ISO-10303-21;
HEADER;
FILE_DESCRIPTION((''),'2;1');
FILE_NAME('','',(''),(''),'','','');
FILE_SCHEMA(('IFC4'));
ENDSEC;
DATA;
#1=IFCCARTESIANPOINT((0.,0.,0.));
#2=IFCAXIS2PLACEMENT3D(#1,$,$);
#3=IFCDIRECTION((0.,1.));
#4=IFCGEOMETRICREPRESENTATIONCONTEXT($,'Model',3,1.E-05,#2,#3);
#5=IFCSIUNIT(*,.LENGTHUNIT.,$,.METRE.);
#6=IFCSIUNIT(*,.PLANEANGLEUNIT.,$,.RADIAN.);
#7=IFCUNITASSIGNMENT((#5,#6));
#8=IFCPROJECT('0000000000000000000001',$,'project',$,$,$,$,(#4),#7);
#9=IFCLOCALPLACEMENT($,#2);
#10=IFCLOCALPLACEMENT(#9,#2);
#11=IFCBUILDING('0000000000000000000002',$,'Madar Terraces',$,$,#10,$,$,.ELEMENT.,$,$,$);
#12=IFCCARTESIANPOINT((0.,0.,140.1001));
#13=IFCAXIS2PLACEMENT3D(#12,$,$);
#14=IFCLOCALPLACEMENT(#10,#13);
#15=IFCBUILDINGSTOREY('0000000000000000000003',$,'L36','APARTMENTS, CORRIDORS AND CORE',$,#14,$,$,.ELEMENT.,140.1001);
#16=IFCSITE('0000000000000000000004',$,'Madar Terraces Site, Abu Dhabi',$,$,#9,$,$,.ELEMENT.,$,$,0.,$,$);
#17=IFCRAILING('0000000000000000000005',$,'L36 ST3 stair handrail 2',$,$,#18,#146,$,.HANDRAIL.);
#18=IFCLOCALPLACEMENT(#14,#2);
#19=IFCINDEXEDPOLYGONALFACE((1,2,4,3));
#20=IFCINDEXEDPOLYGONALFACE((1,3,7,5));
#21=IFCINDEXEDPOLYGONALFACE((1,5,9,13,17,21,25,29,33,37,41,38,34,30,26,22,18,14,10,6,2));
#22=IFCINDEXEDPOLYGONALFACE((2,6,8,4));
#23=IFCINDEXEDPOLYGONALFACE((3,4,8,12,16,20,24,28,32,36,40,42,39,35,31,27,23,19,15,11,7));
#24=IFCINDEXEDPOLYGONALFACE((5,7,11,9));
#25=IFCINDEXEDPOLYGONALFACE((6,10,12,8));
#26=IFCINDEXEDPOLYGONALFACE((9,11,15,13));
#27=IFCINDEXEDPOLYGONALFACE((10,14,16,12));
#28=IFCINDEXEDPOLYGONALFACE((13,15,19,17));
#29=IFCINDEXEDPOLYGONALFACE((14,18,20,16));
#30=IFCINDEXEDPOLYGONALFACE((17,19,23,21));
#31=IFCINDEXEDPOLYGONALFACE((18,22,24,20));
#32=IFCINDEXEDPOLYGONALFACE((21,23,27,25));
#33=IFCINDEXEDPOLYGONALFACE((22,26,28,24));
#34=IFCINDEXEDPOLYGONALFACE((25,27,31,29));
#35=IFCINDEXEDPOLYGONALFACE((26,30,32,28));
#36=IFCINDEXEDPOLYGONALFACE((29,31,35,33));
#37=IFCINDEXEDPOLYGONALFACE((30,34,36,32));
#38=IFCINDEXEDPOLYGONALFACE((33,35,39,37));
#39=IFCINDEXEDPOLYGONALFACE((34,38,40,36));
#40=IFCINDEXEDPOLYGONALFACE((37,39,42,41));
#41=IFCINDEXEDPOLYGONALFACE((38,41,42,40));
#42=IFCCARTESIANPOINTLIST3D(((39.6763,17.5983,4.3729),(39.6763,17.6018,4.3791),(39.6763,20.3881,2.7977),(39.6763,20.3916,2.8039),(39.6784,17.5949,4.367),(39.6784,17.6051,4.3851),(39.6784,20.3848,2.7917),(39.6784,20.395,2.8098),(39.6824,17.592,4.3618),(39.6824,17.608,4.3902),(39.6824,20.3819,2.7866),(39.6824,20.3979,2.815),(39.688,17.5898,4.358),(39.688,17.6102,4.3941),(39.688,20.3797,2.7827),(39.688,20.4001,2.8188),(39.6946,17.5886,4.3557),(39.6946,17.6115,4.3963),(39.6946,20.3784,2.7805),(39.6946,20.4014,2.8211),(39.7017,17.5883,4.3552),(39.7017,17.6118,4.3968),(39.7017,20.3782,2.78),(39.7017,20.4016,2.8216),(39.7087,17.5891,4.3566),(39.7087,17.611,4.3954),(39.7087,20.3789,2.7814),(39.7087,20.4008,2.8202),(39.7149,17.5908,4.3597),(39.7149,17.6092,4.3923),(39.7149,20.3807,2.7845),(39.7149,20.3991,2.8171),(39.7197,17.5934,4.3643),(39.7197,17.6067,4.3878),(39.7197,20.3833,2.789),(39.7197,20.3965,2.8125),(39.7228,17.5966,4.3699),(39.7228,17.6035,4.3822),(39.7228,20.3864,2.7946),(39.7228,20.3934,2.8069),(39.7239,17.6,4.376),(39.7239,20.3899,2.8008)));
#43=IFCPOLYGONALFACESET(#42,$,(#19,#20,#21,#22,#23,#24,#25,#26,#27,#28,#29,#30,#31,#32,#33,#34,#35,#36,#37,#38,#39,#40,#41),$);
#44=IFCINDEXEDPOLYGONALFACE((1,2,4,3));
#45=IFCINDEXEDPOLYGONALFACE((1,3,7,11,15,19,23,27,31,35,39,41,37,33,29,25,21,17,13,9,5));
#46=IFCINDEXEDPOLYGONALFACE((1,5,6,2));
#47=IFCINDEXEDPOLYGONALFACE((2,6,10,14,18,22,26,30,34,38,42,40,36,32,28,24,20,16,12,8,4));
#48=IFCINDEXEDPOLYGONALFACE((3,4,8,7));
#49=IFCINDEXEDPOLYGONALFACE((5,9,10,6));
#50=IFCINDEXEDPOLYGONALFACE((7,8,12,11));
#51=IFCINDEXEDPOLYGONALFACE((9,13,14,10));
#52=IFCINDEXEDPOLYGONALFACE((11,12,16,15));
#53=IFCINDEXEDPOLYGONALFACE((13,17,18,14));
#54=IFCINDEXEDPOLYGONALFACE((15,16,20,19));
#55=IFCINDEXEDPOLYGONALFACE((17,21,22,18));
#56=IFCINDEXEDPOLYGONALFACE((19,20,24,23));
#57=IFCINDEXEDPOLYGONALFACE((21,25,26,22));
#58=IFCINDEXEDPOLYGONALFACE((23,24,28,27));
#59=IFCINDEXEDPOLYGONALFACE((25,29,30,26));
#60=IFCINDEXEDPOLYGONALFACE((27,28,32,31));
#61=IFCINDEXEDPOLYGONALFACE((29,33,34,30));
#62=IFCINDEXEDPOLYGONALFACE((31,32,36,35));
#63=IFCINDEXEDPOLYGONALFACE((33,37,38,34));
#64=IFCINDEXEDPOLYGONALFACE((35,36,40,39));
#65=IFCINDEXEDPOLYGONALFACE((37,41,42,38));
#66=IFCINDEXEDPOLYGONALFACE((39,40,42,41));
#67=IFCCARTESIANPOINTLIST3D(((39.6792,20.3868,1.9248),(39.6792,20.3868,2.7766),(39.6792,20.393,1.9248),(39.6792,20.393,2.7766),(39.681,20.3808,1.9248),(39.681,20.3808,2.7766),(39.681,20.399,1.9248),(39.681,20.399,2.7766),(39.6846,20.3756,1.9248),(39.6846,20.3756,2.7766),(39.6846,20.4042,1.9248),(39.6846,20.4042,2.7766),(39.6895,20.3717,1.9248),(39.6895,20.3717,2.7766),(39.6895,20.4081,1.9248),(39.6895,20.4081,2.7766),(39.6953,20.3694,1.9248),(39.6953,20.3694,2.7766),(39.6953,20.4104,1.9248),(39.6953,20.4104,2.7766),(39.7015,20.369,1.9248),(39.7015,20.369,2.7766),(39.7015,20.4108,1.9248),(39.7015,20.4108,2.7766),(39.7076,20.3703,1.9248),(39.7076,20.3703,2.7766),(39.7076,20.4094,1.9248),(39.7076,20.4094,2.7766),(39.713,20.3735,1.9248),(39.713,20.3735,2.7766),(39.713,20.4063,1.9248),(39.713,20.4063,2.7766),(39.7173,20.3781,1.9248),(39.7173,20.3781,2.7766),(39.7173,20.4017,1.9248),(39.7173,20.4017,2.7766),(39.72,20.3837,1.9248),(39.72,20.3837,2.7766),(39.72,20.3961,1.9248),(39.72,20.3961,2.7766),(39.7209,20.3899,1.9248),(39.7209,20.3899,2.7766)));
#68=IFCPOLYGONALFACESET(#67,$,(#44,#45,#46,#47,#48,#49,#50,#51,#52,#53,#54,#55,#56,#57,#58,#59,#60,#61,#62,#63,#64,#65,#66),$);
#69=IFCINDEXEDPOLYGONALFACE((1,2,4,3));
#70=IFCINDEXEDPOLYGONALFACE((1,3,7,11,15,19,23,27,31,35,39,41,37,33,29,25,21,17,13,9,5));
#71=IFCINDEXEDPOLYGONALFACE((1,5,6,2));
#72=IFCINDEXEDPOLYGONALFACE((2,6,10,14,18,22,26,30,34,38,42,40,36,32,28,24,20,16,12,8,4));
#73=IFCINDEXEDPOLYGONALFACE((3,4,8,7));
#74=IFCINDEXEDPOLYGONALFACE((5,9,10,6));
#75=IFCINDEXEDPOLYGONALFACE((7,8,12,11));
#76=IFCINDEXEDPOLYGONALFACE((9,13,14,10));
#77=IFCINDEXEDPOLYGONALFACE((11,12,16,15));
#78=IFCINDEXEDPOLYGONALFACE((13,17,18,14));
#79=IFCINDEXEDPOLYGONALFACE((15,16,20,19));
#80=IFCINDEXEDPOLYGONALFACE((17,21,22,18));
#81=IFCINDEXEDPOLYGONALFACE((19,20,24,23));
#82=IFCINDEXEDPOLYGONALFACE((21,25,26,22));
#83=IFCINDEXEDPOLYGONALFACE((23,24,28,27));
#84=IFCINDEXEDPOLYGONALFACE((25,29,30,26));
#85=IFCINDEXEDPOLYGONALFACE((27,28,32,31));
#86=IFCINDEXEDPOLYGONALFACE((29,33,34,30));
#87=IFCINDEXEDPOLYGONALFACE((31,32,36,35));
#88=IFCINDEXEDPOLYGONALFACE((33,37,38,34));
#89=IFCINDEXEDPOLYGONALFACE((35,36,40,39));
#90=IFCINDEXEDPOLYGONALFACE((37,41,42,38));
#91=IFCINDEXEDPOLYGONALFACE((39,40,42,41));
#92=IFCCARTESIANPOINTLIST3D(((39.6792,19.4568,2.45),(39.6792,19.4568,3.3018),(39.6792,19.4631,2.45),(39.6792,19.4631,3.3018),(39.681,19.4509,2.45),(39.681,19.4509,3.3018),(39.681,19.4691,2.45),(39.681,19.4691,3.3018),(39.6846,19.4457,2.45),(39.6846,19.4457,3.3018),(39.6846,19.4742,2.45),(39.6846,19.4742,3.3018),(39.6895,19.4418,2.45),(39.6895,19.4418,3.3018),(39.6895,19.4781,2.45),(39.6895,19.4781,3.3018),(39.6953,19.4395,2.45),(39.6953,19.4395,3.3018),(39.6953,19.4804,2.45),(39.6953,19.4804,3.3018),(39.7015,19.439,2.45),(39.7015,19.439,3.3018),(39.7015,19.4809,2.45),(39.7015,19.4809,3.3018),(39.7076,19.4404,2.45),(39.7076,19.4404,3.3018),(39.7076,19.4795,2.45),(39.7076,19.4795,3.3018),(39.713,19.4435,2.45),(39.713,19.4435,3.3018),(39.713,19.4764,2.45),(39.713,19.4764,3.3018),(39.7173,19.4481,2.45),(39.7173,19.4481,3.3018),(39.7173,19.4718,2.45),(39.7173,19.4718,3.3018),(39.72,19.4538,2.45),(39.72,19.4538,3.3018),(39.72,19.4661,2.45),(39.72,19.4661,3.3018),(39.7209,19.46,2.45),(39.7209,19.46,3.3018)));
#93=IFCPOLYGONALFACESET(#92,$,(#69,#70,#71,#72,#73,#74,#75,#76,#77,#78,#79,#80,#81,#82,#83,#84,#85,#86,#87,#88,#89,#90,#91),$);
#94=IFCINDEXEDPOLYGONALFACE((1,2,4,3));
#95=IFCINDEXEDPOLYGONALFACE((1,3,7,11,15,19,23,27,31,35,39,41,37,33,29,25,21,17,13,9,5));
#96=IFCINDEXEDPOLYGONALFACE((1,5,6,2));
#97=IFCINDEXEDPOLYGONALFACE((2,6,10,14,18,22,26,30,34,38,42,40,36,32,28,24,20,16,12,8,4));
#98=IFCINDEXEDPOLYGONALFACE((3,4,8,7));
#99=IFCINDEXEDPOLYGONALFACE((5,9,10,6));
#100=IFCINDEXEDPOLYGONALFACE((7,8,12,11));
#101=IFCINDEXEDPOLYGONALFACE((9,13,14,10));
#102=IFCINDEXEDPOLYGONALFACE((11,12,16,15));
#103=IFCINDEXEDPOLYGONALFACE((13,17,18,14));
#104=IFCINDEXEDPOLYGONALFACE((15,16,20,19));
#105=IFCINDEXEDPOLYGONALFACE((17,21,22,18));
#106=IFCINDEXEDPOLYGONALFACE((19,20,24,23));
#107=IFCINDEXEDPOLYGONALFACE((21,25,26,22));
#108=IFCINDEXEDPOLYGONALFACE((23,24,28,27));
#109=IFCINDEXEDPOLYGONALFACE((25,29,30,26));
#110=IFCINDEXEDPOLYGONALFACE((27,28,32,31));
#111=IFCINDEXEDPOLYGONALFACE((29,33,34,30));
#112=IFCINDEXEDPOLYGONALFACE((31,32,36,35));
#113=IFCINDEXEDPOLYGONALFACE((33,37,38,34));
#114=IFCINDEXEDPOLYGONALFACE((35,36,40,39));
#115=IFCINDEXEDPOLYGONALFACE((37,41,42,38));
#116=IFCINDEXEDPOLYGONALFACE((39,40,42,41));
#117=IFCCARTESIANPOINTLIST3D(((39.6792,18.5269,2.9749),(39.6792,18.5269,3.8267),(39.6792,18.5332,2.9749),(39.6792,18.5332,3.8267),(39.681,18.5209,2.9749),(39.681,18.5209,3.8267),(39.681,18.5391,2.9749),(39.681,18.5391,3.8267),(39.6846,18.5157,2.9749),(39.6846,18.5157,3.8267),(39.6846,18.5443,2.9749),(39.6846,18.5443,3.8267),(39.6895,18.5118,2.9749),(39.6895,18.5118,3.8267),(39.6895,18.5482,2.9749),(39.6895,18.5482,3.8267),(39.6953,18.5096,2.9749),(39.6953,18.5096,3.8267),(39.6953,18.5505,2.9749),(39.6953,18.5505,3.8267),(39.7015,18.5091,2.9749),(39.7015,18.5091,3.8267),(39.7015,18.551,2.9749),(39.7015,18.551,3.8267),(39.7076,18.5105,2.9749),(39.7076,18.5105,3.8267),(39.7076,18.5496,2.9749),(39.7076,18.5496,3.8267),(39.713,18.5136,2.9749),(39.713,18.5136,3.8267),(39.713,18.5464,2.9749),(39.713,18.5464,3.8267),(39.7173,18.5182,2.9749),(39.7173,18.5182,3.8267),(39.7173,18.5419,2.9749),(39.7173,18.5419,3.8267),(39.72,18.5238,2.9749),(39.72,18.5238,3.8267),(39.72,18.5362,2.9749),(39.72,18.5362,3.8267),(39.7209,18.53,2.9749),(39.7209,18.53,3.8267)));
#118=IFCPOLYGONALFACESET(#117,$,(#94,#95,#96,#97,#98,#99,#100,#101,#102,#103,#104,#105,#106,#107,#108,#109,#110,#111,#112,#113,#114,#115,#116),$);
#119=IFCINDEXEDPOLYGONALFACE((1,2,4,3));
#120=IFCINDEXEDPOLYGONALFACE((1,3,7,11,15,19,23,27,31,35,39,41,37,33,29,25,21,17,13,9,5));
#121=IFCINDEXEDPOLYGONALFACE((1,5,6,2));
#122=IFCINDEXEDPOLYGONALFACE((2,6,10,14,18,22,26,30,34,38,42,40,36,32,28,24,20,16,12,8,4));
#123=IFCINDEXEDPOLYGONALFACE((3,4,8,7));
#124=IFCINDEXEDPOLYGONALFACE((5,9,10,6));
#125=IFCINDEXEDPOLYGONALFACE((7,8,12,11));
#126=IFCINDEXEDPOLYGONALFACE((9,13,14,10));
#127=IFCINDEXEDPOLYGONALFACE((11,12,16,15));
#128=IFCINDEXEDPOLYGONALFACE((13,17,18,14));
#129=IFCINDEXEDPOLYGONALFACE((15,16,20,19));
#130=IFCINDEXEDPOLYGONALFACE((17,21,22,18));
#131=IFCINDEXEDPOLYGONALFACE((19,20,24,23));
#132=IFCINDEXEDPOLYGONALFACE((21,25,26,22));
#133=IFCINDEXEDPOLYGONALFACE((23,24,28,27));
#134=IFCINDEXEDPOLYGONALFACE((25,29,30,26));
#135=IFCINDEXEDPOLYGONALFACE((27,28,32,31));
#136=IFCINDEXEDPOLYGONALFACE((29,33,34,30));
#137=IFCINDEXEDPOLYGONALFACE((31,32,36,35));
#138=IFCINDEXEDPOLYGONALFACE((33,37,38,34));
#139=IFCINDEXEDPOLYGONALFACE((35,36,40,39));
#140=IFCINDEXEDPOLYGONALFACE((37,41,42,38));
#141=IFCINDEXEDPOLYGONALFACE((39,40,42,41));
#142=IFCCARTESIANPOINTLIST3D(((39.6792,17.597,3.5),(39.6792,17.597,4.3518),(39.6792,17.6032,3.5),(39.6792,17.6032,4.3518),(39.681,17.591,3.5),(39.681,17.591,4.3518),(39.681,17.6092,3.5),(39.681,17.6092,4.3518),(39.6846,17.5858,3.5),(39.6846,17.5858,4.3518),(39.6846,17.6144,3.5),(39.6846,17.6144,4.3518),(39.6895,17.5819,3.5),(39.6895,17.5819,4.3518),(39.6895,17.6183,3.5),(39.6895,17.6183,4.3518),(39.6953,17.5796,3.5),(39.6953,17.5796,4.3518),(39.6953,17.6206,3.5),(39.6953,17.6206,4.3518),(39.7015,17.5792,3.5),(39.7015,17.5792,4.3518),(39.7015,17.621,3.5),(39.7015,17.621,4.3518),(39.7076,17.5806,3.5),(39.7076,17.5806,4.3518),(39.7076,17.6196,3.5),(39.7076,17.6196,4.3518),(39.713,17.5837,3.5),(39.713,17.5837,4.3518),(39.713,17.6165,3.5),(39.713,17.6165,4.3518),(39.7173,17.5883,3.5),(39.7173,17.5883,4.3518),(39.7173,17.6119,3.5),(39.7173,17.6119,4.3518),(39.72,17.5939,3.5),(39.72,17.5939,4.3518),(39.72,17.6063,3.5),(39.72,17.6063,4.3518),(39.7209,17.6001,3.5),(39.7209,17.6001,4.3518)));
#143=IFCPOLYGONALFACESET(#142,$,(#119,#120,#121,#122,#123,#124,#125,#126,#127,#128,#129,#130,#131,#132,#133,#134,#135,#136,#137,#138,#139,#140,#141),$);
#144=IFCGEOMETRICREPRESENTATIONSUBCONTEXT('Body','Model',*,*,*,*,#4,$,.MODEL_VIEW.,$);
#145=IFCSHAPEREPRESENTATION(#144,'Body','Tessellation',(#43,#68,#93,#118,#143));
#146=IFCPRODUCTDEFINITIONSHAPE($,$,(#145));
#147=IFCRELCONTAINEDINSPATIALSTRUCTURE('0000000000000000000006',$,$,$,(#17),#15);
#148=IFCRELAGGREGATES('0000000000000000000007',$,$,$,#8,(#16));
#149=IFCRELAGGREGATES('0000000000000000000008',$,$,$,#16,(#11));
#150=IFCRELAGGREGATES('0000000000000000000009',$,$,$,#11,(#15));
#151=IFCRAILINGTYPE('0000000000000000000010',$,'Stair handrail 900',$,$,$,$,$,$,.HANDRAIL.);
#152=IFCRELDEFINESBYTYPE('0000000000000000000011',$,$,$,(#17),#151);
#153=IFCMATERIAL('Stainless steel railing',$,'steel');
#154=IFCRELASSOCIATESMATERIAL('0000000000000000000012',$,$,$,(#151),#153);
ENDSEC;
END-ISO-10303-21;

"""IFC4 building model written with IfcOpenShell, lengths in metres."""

from ifc_helpers import new_model, si_unit, direction, frame, origin, origin_2d, place, context, subcontext, project, spatial, circle, extrude, material, type_object, element, save


model = new_model("IFC4")

# Units and contexts
model_context = context("Model", 3, precision=1e-05, world=origin(), true_north=direction((0.0, 1.0)))
body_context = subcontext(model_context, "Body", "Model", "MODEL_VIEW")
ifc_project = project(units=[si_unit("LENGTHUNIT", "METRE"), si_unit("PLANEANGLEUNIT", "RADIAN")], contexts=[model_context])

# Site, building, storey
site_placement = place(None, origin())
site = spatial("IfcSite", under=ifc_project, at=site_placement, Name="Madar Terraces Site, Abu Dhabi", CompositionType="ELEMENT", RefElevation=0.0)
building_placement = place(site_placement, origin())
building = spatial("IfcBuilding", under=site, at=building_placement, Name="Madar Terraces", CompositionType="ELEMENT")
storey_placement = place(building_placement, frame((0.0, 0.0, 140.1001)))
storey = spatial("IfcBuildingStorey", under=building, at=storey_placement, Name="L36", Description="APARTMENTS, CORRIDORS AND CORE", CompositionType="ELEMENT", Elevation=140.1001)

# Railing
ifc_material_1 = material(Name="Stainless steel railing", Category="steel")
railing_type_1 = type_object("IfcRailingType", Name="Stair handrail 900", PredefinedType="HANDRAIL", material=ifc_material_1)
railing_1_placement = place(storey_placement, frame((39.7, 20.3899, 1.9248)))
element("IfcRailing", 1, at=railing_1_placement, inside=storey, type_object=railing_type_1, Name="L36 ST3 stair handrail 2", PredefinedType="HANDRAIL", context=body_context, shape_type="SweptSolid", body=[
    extrude(circle(Radius=0.0239, at=origin_2d()), frame((0.0, 0.0, 0.876), z_axis=(0.0, -0.870783, 0.491668), x_axis=(1.0, 0.0, 0.0)), (0.0, 0.0, 1.0), 3.2039),
    extrude(circle(Radius=0.021, at=origin_2d()), origin(), (0.0, 0.0, 1.0), 0.8518),
    extrude(circle(Radius=0.021, at=origin_2d()), frame((0.0, -0.9299, 0.5251)), (0.0, 0.0, 1.0), 0.8518),
    extrude(circle(Radius=0.021, at=origin_2d()), frame((0.0, -1.8599, 1.05)), (0.0, 0.0, 1.0), 0.8518),
    extrude(circle(Radius=0.021, at=origin_2d()), frame((0.0, -2.7898, 1.5752)), (0.0, 0.0, 1.0), 0.8518),
])

save(model, "model.ifc")
